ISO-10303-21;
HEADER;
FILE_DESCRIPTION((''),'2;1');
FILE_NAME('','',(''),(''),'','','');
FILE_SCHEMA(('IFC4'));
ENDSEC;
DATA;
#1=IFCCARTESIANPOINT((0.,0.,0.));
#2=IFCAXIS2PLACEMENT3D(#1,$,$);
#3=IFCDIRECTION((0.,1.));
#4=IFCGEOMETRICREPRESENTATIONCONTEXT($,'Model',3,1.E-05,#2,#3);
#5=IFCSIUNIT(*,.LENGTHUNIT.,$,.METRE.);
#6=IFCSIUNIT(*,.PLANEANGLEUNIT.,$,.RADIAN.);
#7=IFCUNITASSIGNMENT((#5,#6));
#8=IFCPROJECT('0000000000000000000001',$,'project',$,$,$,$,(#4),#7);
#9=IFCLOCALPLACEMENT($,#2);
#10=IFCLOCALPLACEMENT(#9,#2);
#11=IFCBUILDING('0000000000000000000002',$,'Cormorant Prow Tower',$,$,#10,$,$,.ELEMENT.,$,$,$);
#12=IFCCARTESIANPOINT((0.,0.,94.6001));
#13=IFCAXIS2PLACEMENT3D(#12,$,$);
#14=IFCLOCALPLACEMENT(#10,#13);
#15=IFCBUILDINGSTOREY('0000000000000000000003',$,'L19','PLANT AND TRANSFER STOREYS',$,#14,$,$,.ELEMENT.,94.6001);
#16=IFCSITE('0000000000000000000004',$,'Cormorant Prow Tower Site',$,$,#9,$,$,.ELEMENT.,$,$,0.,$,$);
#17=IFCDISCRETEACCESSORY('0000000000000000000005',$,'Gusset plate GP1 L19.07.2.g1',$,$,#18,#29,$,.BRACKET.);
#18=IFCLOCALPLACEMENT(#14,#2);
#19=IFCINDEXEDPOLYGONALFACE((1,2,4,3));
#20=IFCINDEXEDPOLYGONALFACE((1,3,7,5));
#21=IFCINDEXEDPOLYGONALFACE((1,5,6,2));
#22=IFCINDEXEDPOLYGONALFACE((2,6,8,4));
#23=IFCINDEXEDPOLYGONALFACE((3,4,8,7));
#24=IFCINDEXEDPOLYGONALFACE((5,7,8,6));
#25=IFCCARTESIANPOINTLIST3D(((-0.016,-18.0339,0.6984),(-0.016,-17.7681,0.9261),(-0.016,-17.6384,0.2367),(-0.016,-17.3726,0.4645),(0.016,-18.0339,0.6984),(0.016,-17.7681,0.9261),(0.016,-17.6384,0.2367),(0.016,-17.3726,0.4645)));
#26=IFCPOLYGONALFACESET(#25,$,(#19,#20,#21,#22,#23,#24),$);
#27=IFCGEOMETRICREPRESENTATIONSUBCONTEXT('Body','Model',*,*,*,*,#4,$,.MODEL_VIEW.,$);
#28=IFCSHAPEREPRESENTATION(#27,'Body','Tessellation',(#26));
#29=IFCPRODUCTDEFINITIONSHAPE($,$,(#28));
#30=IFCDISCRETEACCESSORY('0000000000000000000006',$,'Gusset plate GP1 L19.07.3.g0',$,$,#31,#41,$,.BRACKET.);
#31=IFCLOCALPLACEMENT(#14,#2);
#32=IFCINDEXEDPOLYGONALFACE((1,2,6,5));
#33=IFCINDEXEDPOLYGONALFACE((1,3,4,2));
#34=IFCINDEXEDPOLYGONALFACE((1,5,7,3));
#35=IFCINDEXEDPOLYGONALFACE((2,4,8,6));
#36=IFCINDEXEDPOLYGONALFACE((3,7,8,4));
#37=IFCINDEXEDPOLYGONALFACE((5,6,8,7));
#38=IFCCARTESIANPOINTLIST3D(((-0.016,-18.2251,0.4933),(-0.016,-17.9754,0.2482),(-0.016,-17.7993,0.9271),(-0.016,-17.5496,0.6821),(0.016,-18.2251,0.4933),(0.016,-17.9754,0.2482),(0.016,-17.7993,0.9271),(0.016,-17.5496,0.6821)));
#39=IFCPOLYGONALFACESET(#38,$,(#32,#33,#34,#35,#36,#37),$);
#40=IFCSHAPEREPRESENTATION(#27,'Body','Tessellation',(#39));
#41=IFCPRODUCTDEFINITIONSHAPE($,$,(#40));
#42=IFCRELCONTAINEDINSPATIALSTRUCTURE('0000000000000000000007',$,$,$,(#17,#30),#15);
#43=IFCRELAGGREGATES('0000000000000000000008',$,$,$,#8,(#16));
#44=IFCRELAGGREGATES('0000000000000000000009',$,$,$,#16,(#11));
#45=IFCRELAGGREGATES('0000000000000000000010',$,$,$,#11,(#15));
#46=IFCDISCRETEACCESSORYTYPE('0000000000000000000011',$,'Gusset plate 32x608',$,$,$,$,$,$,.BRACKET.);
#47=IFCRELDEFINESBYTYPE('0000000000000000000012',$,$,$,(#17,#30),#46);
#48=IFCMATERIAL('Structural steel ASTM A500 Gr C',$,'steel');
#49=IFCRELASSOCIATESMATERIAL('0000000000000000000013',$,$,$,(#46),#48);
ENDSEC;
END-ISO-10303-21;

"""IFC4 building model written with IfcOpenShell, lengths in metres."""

from ifc_helpers import new_model, si_unit, direction, frame, origin, origin_2d, place, context, subcontext, project, spatial, rectangle, extrude, material, material_profile, profile_set, type_object, element, save


model = new_model("IFC4")

# Units and contexts
model_context = context("Model", 3, precision=1e-05, world=origin(), true_north=direction((0.0, 1.0)))
body_context = subcontext(model_context, "Body", "Model", "MODEL_VIEW")
ifc_project = project(units=[si_unit("LENGTHUNIT", "METRE"), si_unit("PLANEANGLEUNIT", "RADIAN")], contexts=[model_context])

# Site, building, storey
site_placement = place(None, origin())
site = spatial("IfcSite", under=ifc_project, at=site_placement, Name="Cormorant Prow Tower Site", CompositionType="ELEMENT", RefElevation=0.0)
building_placement = place(site_placement, origin())
building = spatial("IfcBuilding", under=site, at=building_placement, Name="Cormorant Prow Tower", CompositionType="ELEMENT")
storey_placement = place(building_placement, frame((0.0, 0.0, 94.6001)))
storey = spatial("IfcBuildingStorey", under=building, at=storey_placement, Name="L19", Description="PLANT AND TRANSFER STOREYS", CompositionType="ELEMENT", Elevation=94.6001)

# Discrete accessories
ifc_material_1 = material(Name="Structural steel ASTM A500 Gr C", Category="steel")
ifc_material_profile_1 = material_profile(ifc_material_1, rectangle(XDim=0.032, YDim=0.6079, at=origin_2d()), Name="Gusset plate 32x608")
ifc_profile_set_1 = profile_set([ifc_material_profile_1], Name="Structural steel ASTM A500 Gr C")
discrete_accessory_type_1 = type_object("IfcDiscreteAccessoryType", Name="Gusset plate 32x608", PredefinedType="BRACKET", material=ifc_profile_set_1)
discrete_accessory_1_placement = place(storey_placement, frame((0.0, -17.5703, 0.6953), z_axis=(0.0, -0.759404, -0.650619), x_axis=(1.0, 0.0, 0.0)))
element("IfcDiscreteAccessory", 1, at=discrete_accessory_1_placement, inside=storey, type_object=discrete_accessory_type_1, Name="Gusset plate GP1 L19.07.2.g1", PredefinedType="BRACKET", context=body_context, shape_type="SweptSolid", body=[
    extrude(rectangle(XDim=0.032, YDim=0.6079, at=origin_2d()), origin(), (0.0, 0.0, 1.0), 0.3501),
])
discrete_accessory_2_placement = place(storey_placement, frame((0.0, -18.0122, 0.7102), z_axis=(0.0, 0.713703, -0.700448), x_axis=(-1.0, 0.0, 0.0)))
element("IfcDiscreteAccessory", 2, at=discrete_accessory_2_placement, inside=storey, type_object=discrete_accessory_type_1, Name="Gusset plate GP1 L19.07.3.g0", PredefinedType="BRACKET", context=body_context, shape_type="SweptSolid", body=[
    extrude(rectangle(XDim=0.032, YDim=0.6079, at=origin_2d()), origin(), (0.0, 0.0, 1.0), 0.3499),
])

save(model, "model.ifc")
